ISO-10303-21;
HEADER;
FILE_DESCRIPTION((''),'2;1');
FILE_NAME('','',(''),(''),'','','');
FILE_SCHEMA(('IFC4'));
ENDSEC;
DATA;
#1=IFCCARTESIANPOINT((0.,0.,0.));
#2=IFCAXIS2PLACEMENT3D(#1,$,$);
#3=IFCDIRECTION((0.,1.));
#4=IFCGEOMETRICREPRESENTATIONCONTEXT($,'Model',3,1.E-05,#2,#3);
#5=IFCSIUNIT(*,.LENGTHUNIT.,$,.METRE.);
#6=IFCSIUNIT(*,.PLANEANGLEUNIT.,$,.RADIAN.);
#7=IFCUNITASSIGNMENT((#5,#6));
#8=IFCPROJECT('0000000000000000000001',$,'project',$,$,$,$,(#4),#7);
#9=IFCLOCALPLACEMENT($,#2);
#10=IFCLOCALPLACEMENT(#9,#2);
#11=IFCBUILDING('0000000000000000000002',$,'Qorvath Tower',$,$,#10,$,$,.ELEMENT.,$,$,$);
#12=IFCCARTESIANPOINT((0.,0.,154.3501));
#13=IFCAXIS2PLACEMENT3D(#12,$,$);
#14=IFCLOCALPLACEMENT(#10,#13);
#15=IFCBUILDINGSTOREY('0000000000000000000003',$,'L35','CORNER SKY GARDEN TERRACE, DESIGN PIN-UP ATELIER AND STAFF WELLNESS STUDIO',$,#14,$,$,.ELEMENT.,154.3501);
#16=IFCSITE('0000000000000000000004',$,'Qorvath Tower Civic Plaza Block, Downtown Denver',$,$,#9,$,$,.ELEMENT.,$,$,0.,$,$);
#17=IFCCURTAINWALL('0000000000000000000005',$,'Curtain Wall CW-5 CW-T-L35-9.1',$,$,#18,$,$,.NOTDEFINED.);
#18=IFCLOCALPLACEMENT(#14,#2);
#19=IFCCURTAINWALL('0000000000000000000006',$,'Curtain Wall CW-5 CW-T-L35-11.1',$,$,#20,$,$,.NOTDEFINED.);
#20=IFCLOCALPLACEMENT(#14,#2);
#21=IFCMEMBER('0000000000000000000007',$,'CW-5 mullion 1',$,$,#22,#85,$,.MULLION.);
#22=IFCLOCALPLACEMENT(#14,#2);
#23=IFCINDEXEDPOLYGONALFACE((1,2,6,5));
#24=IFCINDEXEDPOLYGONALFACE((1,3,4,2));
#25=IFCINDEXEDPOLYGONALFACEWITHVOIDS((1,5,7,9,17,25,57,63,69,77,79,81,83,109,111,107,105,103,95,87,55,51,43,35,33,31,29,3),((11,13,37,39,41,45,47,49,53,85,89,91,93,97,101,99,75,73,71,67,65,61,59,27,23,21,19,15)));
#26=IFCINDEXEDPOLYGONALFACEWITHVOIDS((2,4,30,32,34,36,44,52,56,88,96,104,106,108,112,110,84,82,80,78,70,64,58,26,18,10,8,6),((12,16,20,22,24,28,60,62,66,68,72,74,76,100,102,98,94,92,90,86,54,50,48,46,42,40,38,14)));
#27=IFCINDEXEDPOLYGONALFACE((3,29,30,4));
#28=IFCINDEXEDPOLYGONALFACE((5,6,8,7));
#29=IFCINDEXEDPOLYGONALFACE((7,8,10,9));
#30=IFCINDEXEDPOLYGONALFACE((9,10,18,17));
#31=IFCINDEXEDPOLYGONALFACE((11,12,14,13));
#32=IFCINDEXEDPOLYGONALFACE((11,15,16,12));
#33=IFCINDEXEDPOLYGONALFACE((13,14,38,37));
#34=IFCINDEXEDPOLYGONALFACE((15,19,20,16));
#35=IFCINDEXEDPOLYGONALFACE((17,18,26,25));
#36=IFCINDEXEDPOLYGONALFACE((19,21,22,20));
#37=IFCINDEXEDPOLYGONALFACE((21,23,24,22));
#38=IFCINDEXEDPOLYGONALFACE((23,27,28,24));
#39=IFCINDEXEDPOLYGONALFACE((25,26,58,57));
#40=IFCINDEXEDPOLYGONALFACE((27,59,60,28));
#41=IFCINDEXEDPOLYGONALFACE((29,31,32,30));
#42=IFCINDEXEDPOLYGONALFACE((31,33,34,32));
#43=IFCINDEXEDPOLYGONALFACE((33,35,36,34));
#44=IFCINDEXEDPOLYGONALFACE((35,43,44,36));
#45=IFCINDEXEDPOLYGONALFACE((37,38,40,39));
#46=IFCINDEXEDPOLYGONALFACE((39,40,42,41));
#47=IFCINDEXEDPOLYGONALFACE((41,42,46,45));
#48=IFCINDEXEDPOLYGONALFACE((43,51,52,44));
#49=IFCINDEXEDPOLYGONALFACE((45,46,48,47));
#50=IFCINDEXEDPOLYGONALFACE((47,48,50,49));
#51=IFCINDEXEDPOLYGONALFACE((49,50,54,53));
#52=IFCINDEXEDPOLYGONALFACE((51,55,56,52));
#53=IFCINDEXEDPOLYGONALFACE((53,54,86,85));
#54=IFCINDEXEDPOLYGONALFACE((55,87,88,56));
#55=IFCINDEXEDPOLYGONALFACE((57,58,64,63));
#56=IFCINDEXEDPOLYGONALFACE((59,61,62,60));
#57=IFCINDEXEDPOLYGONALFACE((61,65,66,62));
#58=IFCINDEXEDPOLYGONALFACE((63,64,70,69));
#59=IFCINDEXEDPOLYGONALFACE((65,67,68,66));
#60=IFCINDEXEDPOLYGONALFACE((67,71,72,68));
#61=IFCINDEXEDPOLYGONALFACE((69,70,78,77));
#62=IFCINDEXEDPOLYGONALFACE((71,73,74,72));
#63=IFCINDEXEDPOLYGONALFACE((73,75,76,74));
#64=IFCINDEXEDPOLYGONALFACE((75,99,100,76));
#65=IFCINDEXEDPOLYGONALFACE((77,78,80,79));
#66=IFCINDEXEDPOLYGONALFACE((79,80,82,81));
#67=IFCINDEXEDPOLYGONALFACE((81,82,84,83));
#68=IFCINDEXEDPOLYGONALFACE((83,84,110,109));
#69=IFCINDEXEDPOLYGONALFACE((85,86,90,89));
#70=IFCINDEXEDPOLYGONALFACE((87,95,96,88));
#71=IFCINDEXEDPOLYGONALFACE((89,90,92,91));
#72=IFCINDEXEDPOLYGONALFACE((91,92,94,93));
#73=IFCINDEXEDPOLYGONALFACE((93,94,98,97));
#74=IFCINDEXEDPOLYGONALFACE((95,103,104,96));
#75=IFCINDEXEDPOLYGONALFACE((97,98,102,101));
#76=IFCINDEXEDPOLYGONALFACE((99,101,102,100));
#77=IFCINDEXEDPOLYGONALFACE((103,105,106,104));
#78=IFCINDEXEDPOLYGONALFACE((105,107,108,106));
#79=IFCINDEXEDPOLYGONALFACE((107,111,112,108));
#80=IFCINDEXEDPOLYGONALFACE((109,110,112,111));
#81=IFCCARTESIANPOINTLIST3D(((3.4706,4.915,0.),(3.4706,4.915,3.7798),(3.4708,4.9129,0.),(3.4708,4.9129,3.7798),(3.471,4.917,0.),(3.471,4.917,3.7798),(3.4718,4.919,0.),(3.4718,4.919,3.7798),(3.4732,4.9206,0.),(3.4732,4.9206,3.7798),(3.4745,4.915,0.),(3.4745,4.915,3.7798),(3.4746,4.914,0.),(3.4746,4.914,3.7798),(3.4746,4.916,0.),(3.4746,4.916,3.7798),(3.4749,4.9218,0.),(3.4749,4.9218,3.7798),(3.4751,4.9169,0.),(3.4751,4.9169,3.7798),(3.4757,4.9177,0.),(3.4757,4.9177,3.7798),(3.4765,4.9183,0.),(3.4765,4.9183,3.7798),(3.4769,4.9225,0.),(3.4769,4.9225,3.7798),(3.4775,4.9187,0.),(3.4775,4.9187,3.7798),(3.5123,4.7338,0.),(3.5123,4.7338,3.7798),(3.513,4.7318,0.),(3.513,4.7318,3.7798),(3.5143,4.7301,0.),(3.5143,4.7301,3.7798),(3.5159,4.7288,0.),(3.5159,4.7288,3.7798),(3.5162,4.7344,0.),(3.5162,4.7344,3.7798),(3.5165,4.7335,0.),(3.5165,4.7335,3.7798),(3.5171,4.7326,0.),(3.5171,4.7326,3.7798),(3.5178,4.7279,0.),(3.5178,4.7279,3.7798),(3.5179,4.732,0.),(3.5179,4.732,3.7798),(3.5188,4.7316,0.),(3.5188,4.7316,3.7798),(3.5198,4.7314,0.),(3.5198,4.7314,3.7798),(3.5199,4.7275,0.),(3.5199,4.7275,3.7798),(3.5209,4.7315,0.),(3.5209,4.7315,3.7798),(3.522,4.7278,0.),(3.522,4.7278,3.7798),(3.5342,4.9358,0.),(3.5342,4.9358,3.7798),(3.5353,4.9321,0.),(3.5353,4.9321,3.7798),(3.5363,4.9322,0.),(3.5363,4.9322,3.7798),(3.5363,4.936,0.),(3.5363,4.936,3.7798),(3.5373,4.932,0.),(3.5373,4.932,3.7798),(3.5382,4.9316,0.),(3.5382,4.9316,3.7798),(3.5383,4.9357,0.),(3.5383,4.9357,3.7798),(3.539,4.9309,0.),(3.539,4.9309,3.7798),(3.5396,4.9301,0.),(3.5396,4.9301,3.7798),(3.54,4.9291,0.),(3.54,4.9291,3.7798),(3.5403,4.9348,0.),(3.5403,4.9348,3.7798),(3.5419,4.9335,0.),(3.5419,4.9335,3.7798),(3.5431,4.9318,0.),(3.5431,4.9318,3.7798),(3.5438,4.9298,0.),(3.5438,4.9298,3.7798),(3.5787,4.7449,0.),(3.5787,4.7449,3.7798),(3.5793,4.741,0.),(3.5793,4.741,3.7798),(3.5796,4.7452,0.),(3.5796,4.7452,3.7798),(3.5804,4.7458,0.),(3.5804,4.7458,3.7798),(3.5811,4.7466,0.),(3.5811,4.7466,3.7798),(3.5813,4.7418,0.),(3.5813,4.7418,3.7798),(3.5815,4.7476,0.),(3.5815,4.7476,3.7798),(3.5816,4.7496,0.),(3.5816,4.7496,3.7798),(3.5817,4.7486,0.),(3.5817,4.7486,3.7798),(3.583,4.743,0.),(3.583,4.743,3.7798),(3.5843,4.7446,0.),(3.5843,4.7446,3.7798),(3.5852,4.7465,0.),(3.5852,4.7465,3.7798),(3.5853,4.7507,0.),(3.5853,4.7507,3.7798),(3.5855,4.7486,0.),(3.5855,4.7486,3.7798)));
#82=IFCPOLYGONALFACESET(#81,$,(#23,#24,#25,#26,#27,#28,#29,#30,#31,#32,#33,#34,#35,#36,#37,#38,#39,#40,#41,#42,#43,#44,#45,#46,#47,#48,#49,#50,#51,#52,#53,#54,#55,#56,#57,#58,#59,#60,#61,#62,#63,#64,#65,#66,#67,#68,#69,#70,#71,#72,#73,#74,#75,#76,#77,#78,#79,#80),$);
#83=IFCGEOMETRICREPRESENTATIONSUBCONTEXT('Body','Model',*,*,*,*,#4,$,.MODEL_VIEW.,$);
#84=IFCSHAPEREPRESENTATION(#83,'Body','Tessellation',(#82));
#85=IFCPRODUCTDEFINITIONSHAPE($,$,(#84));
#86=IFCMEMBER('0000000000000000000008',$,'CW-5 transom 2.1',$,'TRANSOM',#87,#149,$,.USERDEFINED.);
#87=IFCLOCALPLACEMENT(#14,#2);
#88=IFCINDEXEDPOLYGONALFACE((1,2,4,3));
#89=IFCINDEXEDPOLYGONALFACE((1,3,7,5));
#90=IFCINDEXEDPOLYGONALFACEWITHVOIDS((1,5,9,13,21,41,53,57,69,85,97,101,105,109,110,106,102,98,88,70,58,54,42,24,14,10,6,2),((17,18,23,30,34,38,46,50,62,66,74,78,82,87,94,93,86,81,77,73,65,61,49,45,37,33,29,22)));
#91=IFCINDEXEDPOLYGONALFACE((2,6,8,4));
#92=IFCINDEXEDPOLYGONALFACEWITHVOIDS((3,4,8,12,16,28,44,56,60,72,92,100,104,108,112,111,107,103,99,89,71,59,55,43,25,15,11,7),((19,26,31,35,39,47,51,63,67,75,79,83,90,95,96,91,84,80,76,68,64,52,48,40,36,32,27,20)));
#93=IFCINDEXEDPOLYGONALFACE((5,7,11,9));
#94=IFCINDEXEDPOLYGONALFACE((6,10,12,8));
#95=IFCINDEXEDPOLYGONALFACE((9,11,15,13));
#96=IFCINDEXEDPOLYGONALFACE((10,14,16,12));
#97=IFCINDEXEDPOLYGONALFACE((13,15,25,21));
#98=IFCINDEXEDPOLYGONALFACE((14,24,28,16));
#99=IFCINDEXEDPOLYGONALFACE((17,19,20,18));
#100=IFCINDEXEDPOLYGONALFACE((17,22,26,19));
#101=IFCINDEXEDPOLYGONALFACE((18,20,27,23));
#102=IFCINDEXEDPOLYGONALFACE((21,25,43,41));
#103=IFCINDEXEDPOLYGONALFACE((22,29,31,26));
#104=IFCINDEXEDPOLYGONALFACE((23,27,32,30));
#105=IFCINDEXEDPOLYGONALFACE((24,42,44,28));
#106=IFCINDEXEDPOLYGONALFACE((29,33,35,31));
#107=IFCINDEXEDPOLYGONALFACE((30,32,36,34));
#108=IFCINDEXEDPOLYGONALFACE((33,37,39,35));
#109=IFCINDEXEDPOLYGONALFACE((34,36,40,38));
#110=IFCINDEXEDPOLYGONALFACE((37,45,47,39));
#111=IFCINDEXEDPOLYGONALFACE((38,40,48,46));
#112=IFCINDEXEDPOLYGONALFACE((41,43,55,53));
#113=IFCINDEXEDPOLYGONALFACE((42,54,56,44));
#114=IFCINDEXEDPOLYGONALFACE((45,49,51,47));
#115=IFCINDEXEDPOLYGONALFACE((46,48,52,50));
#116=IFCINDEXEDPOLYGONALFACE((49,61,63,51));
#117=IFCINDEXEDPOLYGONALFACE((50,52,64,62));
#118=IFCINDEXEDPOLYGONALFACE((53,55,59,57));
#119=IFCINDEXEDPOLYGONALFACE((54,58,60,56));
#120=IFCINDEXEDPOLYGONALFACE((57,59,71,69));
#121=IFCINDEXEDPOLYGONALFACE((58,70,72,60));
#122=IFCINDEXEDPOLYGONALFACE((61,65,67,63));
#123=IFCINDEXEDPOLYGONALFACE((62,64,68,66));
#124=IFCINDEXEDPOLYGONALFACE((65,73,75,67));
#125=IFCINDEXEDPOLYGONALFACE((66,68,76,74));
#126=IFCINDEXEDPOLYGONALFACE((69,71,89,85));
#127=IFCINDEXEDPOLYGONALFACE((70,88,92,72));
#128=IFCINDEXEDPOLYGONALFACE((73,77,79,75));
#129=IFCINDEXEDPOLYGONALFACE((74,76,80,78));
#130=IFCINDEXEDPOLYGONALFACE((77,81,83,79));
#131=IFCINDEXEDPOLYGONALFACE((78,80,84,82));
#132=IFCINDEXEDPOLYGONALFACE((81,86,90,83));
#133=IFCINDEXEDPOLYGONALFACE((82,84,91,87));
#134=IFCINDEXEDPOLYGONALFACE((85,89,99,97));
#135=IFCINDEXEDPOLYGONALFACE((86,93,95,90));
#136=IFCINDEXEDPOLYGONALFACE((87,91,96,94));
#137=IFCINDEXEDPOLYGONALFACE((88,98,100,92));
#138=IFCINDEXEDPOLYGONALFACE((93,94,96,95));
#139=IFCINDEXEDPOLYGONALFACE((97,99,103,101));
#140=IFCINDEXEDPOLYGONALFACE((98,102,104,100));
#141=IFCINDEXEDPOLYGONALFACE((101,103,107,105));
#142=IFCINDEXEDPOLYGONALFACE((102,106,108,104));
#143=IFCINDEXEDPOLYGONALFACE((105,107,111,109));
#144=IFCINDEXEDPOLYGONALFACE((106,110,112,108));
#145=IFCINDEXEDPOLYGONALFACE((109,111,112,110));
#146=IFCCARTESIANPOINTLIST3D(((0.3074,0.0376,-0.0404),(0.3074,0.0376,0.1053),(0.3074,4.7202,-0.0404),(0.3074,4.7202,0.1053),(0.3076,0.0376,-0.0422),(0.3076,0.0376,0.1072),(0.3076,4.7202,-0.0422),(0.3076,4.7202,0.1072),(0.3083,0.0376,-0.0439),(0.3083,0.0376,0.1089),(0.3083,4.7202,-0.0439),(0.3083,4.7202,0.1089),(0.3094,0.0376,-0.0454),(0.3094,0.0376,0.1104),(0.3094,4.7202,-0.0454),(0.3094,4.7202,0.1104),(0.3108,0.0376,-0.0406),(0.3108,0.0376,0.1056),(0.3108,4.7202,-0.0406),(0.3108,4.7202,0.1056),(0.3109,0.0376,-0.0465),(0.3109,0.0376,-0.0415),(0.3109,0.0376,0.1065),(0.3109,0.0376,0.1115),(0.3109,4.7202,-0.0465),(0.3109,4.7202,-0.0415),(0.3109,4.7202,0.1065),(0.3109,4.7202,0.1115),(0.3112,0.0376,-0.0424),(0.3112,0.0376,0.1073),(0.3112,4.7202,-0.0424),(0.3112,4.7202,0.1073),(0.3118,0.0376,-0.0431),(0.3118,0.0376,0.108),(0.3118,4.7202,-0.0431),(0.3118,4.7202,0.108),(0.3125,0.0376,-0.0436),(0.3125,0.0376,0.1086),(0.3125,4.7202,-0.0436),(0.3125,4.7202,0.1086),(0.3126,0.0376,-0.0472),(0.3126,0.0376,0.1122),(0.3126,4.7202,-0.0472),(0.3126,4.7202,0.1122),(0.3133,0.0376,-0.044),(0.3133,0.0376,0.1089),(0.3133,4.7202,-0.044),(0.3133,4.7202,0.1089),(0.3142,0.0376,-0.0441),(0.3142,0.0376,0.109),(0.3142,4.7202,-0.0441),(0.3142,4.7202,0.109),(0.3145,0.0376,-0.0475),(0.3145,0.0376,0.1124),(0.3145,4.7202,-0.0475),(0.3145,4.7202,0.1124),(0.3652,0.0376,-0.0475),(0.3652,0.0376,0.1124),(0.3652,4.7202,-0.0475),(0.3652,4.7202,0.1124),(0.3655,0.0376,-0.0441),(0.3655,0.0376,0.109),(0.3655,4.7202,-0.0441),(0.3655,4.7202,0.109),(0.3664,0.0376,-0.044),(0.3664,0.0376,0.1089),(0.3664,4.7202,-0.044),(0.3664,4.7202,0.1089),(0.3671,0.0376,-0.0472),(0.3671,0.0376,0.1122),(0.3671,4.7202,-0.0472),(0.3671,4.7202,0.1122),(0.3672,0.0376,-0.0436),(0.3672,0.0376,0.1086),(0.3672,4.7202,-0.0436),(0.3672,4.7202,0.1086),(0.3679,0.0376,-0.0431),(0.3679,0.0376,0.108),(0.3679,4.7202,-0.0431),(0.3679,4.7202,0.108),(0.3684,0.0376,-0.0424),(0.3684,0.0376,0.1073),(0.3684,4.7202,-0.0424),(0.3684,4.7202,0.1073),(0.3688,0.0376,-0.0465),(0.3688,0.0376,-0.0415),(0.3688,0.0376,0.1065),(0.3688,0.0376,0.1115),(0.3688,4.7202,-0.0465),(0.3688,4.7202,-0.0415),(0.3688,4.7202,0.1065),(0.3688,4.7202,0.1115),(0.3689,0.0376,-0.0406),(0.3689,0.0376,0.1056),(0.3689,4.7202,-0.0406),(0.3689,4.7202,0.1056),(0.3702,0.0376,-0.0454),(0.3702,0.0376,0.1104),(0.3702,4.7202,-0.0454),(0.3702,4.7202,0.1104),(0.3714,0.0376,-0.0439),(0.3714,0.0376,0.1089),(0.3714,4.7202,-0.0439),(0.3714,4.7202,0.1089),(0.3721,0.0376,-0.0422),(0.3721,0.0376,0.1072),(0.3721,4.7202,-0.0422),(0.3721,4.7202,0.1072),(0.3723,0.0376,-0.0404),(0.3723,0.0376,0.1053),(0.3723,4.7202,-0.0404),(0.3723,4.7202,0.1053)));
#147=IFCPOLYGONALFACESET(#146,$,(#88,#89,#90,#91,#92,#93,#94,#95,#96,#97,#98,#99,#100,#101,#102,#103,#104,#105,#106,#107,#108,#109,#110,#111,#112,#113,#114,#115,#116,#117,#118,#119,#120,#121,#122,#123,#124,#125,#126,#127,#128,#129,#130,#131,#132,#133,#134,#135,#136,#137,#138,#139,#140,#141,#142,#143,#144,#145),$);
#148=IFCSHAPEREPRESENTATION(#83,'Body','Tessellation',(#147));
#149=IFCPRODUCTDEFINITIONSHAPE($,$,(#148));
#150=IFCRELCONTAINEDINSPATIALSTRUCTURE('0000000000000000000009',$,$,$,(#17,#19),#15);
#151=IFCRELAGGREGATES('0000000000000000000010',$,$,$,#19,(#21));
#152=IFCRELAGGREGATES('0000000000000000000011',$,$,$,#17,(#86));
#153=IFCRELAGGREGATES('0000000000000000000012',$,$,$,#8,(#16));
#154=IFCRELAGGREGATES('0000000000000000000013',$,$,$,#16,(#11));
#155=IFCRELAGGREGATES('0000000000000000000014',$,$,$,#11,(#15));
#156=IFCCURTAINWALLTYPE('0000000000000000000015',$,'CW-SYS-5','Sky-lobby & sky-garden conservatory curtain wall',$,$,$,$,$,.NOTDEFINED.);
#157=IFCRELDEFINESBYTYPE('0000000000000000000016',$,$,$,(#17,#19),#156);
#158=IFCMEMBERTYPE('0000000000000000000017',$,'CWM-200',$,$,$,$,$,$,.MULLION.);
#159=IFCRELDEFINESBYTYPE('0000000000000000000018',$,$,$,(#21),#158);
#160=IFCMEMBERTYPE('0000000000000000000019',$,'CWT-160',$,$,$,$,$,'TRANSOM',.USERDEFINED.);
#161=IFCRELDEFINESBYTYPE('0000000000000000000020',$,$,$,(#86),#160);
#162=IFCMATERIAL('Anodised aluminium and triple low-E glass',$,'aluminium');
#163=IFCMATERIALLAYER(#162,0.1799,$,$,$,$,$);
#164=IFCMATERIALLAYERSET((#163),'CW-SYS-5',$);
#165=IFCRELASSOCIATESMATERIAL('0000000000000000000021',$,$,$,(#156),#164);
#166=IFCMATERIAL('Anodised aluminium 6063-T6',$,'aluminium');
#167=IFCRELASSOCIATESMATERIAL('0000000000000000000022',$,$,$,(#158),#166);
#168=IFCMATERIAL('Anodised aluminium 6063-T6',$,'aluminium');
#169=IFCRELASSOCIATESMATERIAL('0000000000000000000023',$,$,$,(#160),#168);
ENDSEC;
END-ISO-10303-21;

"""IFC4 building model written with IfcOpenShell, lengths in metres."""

from ifc_helpers import new_model, si_unit, direction, frame, origin, origin_2d, place, context, subcontext, project, spatial, hollow_rectangle, extrude, material, layer, layer_set, material_profile, profile_set, type_object, element, aggregate, save


model = new_model("IFC4")

# Units and contexts
model_context = context("Model", 3, precision=1e-05, world=origin(), true_north=direction((0.0, 1.0)))
body_context = subcontext(model_context, "Body", "Model", "MODEL_VIEW")
ifc_project = project(units=[si_unit("LENGTHUNIT", "METRE"), si_unit("PLANEANGLEUNIT", "RADIAN")], contexts=[model_context])

# Site, building, storey
site_placement = place(None, origin())
site = spatial("IfcSite", under=ifc_project, at=site_placement, Name="Qorvath Tower Civic Plaza Block, Downtown Denver", CompositionType="ELEMENT", RefElevation=0.0)
building_placement = place(site_placement, origin())
building = spatial("IfcBuilding", under=site, at=building_placement, Name="Qorvath Tower", CompositionType="ELEMENT")
storey_placement = place(building_placement, frame((0.0, 0.0, 154.3501)))
storey = spatial("IfcBuildingStorey", under=building, at=storey_placement, Name="L35", Description="CORNER SKY GARDEN TERRACE, DESIGN PIN-UP ATELIER AND STAFF WELLNESS STUDIO", CompositionType="ELEMENT", Elevation=154.3501)

# Curtain wall
ifc_material_1 = material(Name="Anodised aluminium and triple low-E glass", Category="aluminium")
ifc_layer_1 = layer(ifc_material_1, 0.1799)
ifc_layer_set_1 = layer_set([ifc_layer_1], Name="CW-SYS-5")
curtain_wall_type = type_object("IfcCurtainWallType", Name="CW-SYS-5", Description="Sky-lobby & sky-garden conservatory curtain wall", PredefinedType="NOTDEFINED", material=ifc_layer_set_1)
curtain_wall_1_placement = place(storey_placement, origin())
curtain_wall_1 = element("IfcCurtainWall", 1, at=curtain_wall_1_placement, inside=storey, type_object=curtain_wall_type, Name="Curtain Wall CW-5 CW-T-L35-9.1", PredefinedType="NOTDEFINED")
ifc_material_2 = material(Name="Anodised aluminium 6063-T6", Category="aluminium")
ifc_material_profile_1 = material_profile(ifc_material_2, hollow_rectangle(XDim=0.075, YDim=0.2, WallThickness=0.0039, InnerFilletRadius=0.0039, OuterFilletRadius=0.0081, at=origin_2d()), Name="CWM 200x75")
ifc_profile_set_1 = profile_set([ifc_material_profile_1], Name="Anodised aluminium 6063-T6")
member_type_1 = type_object("IfcMemberType", Name="CWM-200", PredefinedType="MULLION", material=ifc_profile_set_1)

# Curtain wall, member
curtain_wall_2_placement = place(storey_placement, origin())
curtain_wall_2 = element("IfcCurtainWall", 2, at=curtain_wall_2_placement, inside=storey, type_object=curtain_wall_type, Name="Curtain Wall CW-5 CW-T-L35-11.1", PredefinedType="NOTDEFINED")
member_1_placement = place(storey_placement, frame((3.5281, 4.8318, 0.0), z_axis=(0.0, 0.0, 1.0), x_axis=(-0.974213, -0.225631, 0.0)))
member_1 = element("IfcMember", 3, at=member_1_placement, type_object=member_type_1, Name="CW-5 mullion 1", PredefinedType="MULLION", context=body_context, shape_type="SweptSolid", body=[
    extrude(hollow_rectangle(XDim=0.075, YDim=0.2, WallThickness=0.0039, InnerFilletRadius=0.0039, OuterFilletRadius=0.0081, at=origin_2d()), origin(), (0.0, 0.0, 1.0), 3.7798),
])

# Member
ifc_material_3 = material(Name="Anodised aluminium 6063-T6", Category="aluminium")
ifc_material_profile_2 = material_profile(ifc_material_3, hollow_rectangle(XDim=0.0649, YDim=0.1599, WallThickness=0.0034, InnerFilletRadius=0.0034, OuterFilletRadius=0.0071, at=origin_2d()), Name="CWT 160x65")
ifc_profile_set_2 = profile_set([ifc_material_profile_2], Name="Anodised aluminium 6063-T6")
member_type_2 = type_object("IfcMemberType", Name="CWT-160", ElementType="TRANSOM", PredefinedType="USERDEFINED", material=ifc_profile_set_2)
member_2_placement = place(storey_placement, frame((0.3398, 0.0376, 0.0325), z_axis=(0.0, 1.0, 0.0), x_axis=(-1.0, 0.0, 0.0)))
member_2 = element("IfcMember", 4, at=member_2_placement, type_object=member_type_2, Name="CW-5 transom 2.1", ObjectType="TRANSOM", PredefinedType="USERDEFINED", context=body_context, shape_type="SweptSolid", body=[
    extrude(hollow_rectangle(XDim=0.0649, YDim=0.1599, WallThickness=0.0034, InnerFilletRadius=0.0034, OuterFilletRadius=0.0071, at=origin_2d()), origin(), (0.0, 0.0, 1.0), 4.6826),
])
aggregate(curtain_wall_2, [member_1])

aggregate(curtain_wall_1, [member_2])

save(model, "model.ifc")
